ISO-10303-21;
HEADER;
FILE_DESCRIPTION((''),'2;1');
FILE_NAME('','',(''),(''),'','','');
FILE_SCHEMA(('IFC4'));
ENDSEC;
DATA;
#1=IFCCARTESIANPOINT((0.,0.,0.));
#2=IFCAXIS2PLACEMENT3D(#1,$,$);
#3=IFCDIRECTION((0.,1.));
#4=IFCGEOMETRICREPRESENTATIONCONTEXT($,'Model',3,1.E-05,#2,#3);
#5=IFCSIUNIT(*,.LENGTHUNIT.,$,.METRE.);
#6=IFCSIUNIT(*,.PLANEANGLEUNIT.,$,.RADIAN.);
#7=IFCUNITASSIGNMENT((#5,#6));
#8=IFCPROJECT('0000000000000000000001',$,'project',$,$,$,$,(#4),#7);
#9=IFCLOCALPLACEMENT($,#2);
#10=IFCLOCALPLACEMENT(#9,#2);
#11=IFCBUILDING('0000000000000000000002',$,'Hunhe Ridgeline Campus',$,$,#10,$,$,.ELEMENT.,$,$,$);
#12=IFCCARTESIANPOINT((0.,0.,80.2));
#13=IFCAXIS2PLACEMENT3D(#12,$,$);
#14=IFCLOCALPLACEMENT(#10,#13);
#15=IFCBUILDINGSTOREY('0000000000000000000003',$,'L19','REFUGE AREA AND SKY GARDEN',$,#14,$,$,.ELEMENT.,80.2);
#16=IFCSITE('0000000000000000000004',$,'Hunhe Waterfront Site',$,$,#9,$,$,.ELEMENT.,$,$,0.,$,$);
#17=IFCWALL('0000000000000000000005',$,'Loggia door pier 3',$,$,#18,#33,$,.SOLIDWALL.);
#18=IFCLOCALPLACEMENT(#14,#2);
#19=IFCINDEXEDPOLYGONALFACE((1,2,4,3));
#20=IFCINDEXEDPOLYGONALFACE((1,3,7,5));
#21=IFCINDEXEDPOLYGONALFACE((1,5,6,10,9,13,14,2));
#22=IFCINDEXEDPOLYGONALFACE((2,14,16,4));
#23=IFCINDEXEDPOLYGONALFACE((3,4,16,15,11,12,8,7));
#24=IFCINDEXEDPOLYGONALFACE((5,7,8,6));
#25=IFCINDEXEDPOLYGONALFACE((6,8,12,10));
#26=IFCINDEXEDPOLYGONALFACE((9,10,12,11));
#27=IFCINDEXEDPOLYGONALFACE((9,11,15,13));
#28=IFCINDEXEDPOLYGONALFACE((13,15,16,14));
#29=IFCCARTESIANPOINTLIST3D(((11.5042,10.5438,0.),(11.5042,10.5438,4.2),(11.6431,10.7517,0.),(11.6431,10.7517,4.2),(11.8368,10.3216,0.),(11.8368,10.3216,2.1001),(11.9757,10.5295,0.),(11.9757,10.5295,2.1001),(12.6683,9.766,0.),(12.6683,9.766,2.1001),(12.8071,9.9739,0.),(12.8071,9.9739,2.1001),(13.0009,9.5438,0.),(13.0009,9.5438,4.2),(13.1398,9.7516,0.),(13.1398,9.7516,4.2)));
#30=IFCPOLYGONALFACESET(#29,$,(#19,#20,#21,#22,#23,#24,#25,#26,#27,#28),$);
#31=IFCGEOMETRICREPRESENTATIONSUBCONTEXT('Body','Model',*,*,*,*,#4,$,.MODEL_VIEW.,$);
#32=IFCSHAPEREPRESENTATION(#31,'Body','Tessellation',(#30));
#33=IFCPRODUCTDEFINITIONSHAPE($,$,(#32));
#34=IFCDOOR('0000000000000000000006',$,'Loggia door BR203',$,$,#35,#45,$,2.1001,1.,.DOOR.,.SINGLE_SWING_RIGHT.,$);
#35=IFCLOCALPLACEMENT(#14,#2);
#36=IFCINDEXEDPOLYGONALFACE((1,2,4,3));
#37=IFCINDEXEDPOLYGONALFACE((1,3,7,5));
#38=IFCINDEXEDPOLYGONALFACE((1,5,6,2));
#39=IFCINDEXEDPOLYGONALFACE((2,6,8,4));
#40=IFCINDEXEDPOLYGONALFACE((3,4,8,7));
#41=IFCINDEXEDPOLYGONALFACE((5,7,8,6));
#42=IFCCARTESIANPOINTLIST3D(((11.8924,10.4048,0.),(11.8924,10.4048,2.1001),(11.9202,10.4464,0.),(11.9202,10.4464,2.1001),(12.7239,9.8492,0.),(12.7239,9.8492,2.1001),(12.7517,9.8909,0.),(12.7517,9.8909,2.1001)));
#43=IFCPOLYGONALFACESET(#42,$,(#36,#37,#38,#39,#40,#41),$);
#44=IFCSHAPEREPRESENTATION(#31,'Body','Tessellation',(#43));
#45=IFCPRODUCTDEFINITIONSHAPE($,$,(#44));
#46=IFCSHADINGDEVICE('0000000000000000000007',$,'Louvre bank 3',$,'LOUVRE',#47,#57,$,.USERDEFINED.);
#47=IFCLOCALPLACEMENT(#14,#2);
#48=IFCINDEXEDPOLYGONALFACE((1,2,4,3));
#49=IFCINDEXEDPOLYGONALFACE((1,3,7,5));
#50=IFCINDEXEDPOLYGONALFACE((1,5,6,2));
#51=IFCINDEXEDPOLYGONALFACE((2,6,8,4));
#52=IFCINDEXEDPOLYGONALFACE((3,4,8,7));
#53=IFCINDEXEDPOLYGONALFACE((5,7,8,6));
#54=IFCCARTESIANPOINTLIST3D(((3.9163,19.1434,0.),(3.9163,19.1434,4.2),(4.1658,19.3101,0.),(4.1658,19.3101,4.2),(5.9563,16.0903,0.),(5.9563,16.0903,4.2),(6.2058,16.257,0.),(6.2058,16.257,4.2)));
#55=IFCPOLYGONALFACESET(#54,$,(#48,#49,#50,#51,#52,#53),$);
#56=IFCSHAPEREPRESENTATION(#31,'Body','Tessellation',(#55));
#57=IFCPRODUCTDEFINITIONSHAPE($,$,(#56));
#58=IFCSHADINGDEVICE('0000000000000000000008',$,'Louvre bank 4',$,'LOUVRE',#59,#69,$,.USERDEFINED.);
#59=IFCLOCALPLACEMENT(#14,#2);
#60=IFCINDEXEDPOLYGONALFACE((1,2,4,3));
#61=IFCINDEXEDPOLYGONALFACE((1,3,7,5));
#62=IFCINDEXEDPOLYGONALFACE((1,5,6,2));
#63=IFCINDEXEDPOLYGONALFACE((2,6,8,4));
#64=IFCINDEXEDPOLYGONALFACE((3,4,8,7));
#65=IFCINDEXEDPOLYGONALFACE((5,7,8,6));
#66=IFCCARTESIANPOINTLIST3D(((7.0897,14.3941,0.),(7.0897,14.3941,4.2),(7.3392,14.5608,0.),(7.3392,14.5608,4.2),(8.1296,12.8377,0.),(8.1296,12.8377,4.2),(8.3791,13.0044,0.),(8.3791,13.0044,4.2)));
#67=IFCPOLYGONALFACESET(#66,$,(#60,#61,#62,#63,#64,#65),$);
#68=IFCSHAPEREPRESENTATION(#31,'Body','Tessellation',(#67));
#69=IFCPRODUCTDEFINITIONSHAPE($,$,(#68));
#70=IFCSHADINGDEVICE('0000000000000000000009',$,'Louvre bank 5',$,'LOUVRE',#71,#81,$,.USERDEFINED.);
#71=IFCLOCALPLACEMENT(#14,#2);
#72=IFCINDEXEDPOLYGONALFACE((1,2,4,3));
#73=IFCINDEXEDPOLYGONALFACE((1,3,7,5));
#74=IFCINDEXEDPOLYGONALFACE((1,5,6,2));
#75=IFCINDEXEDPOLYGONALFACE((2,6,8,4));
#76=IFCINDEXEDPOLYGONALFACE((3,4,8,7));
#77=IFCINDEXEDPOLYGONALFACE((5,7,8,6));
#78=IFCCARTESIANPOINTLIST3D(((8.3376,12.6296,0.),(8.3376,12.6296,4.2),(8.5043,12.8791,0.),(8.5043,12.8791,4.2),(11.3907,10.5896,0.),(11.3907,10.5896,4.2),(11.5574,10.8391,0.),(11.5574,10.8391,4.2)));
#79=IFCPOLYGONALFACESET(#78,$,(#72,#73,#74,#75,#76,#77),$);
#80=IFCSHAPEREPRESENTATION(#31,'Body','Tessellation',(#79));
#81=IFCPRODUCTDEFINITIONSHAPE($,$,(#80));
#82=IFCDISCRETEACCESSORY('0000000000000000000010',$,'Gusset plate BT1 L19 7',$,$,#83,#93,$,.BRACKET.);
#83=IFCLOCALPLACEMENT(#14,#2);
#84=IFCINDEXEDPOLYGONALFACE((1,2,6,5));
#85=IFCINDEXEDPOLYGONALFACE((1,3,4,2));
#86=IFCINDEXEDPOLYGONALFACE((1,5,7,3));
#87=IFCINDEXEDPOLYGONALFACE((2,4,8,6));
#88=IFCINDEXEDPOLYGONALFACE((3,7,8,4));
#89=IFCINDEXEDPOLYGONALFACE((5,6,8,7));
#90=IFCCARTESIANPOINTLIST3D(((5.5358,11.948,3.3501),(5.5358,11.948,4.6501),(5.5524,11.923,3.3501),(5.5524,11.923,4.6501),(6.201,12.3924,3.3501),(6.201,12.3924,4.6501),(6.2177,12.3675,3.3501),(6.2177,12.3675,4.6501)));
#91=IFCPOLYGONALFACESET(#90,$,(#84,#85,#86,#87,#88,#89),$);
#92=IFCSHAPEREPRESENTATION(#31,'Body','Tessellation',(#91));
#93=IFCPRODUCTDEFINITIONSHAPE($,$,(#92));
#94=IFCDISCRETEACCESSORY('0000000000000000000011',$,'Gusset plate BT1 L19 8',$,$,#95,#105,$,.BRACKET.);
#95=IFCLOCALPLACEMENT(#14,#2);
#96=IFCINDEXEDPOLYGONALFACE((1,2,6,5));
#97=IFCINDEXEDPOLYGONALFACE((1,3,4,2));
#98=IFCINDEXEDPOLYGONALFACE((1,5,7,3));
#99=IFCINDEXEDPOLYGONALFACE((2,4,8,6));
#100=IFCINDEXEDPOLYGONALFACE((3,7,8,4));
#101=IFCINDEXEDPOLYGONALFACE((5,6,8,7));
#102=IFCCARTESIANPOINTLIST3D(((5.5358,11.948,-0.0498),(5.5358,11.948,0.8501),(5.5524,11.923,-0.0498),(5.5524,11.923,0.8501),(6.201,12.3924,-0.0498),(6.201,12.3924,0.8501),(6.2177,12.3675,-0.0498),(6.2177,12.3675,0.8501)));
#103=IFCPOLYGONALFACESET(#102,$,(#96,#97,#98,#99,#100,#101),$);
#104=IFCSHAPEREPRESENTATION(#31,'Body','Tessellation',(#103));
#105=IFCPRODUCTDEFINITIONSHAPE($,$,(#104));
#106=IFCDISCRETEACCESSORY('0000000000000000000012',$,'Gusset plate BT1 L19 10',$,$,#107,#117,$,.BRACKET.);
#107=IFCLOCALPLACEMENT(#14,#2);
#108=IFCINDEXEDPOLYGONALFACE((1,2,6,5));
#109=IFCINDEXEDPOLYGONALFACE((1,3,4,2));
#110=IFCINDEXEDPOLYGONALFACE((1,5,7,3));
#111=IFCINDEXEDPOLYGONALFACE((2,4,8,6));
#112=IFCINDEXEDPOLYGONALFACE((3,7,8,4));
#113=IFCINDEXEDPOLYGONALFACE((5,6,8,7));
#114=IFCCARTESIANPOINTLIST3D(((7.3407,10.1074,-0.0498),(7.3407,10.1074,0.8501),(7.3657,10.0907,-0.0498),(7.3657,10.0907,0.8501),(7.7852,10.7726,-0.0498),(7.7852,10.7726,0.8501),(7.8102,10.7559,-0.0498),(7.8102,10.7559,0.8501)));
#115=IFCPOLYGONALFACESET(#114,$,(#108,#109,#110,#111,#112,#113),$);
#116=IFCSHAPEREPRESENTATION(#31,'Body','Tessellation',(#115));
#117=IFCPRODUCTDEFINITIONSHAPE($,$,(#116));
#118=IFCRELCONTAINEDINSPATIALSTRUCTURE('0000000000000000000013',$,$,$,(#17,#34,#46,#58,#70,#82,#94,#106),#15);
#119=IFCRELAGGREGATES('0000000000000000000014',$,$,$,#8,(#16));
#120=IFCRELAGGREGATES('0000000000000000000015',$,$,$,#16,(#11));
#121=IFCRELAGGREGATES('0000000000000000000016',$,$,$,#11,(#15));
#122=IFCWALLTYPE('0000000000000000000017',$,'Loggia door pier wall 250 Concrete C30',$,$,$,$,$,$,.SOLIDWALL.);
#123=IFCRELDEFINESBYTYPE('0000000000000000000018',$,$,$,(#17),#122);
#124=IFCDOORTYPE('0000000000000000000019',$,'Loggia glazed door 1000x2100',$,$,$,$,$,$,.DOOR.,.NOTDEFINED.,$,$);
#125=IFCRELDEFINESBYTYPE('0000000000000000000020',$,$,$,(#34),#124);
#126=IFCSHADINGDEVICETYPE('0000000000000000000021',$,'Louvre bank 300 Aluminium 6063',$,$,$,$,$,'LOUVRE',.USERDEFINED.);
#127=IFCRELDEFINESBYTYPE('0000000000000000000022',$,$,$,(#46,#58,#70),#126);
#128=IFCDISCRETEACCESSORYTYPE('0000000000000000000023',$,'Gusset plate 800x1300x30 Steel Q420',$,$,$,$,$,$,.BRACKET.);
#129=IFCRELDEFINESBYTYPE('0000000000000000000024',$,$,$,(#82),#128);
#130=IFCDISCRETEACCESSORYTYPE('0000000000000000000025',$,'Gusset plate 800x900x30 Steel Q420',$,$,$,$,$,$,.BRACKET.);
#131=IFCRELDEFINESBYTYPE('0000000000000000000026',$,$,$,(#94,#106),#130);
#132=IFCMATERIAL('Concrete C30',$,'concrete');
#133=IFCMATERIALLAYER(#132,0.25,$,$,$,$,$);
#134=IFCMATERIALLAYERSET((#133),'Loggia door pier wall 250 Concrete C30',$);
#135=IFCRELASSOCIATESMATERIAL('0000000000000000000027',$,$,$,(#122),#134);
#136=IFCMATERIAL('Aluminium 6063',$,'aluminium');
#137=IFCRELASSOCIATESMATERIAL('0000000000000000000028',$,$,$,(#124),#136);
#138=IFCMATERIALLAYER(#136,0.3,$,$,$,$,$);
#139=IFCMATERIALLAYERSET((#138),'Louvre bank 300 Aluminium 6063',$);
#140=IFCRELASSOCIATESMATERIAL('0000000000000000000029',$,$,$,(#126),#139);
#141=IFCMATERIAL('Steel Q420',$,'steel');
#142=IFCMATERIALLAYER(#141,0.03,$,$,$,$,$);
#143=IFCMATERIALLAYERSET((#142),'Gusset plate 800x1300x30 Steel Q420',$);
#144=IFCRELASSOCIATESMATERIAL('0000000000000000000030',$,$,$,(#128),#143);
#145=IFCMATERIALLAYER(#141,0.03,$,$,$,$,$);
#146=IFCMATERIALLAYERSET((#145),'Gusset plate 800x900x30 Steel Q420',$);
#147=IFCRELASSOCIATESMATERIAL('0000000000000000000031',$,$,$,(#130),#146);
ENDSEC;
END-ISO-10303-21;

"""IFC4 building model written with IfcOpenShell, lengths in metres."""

from ifc_helpers import new_model, si_unit, direction, frame, frame_2d, origin, origin_2d, place, context, subcontext, project, spatial, rectangle, extrude, material, layer, layer_set, type_object, element, fill, save


model = new_model("IFC4")

# Units and contexts
model_context = context("Model", 3, precision=1e-05, world=origin(), true_north=direction((0.0, 1.0)))
body_context = subcontext(model_context, "Body", "Model", "MODEL_VIEW")
ifc_project = project(units=[si_unit("LENGTHUNIT", "METRE"), si_unit("PLANEANGLEUNIT", "RADIAN")], contexts=[model_context])

# Site, building, storey
site_placement = place(None, origin())
site = spatial("IfcSite", under=ifc_project, at=site_placement, Name="Hunhe Waterfront Site", CompositionType="ELEMENT", RefElevation=0.0)
building_placement = place(site_placement, origin())
building = spatial("IfcBuilding", under=site, at=building_placement, Name="Hunhe Ridgeline Campus", CompositionType="ELEMENT")
storey_placement = place(building_placement, frame((0.0, 0.0, 80.2)))
storey = spatial("IfcBuildingStorey", under=building, at=storey_placement, Name="L19", Description="REFUGE AREA AND SKY GARDEN", CompositionType="ELEMENT", Elevation=80.2)

# Shared definitions
ifc_material_1 = material(Name="Aluminium 6063", Category="aluminium")

# Wall, opening, door
ifc_material_2 = material(Name="Concrete C30", Category="concrete")
ifc_layer_1 = layer(ifc_material_2, 0.25)
ifc_layer_set_1 = layer_set([ifc_layer_1], Name="Loggia door pier wall 250 Concrete C30")
wall_type_1 = type_object("IfcWallType", Name="Loggia door pier wall 250 Concrete C30", PredefinedType="SOLIDWALL", material=ifc_layer_set_1)
door_type = type_object("IfcDoorType", Name="Loggia glazed door 1000x2100", OperationType="NOTDEFINED", PredefinedType="DOOR", material=ifc_material_1)
wall_1_placement = place(storey_placement, frame((11.5737, 10.6477, 0.0), z_axis=(0.0, 0.0, 1.0), x_axis=(0.831466, -0.555576, 0.0)))
wall_1 = element("IfcWall", 1, at=wall_1_placement, inside=storey, type_object=wall_type_1, Name="Loggia door pier 3", PredefinedType="SOLIDWALL", context=body_context, shape_type="SweptSolid", body=[
    extrude(rectangle(XDim=1.8, YDim=0.25, at=frame_2d((0.8999, 0.0))), origin(), (0.0, 0.0, 1.0), 4.2),
])
opening_1_placement = place(wall_1_placement, frame((0.3999, 0.0, 0.0)))
opening_1 = element("IfcOpeningElement", 2, at=opening_1_placement, cuts=wall_1, PredefinedType="OPENING", context=body_context, shape_type="SweptSolid", body=[
    extrude(rectangle(XDim=1.0, YDim=2.1001, at=frame_2d((0.5, 1.05))), frame((0.0, 0.125, 0.0), z_axis=(0.0, -1.0, 0.0), x_axis=(1.0, 0.0, 0.0)), (0.0, 0.0, 1.0), 0.25),
])
door_1_placement = place(opening_1_placement, frame((1.0, 0.0, 0.0), z_axis=(0.0, 0.0, 1.0), x_axis=(-1.0, 0.0, 0.0)))
door_1 = element("IfcDoor", 3, at=door_1_placement, inside=storey, type_object=door_type, Name="Loggia door BR203", OperationType="SINGLE_SWING_RIGHT", OverallHeight=2.1001, OverallWidth=1.0, PredefinedType="DOOR", context=body_context, shape_type="SweptSolid", body=[
    extrude(rectangle(XDim=1.0, YDim=2.1001, at=frame_2d((0.5, 1.05))), frame((0.0, 0.0249, 0.0), z_axis=(0.0, -1.0, 0.0), x_axis=(1.0, 0.0, 0.0)), (0.0, 0.0, 1.0), 0.05),
])
fill(opening_1, door_1)

# Shading devices
ifc_layer_2 = layer(ifc_material_1, 0.3)
ifc_layer_set_2 = layer_set([ifc_layer_2], Name="Louvre bank 300 Aluminium 6063")
shading_device_type = type_object("IfcShadingDeviceType", Name="Louvre bank 300 Aluminium 6063", ElementType="LOUVRE", PredefinedType="USERDEFINED", material=ifc_layer_set_2)
shading_device_1_placement = place(storey_placement, frame((5.061, 17.7002, 0.0), z_axis=(0.0, 0.0, 1.0), x_axis=(0.55557, -0.83147, 0.0)))
element("IfcShadingDevice", 4, at=shading_device_1_placement, inside=storey, type_object=shading_device_type, Name="Louvre bank 3", ObjectType="LOUVRE", PredefinedType="USERDEFINED", context=body_context, shape_type="SweptSolid", body=[
    extrude(rectangle(XDim=3.6719, YDim=0.3, at=origin_2d()), origin(), (0.0, 0.0, 1.0), 4.2),
])
shading_device_2_placement = place(storey_placement, frame((7.7344, 13.6992, 0.0), z_axis=(0.0, 0.0, 1.0), x_axis=(0.55557, -0.83147, 0.0)))
element("IfcShadingDevice", 5, at=shading_device_2_placement, inside=storey, type_object=shading_device_type, Name="Louvre bank 4", ObjectType="LOUVRE", PredefinedType="USERDEFINED", context=body_context, shape_type="SweptSolid", body=[
    extrude(rectangle(XDim=1.8718, YDim=0.3, at=origin_2d()), origin(), (0.0, 0.0, 1.0), 4.2),
])
shading_device_3_placement = place(storey_placement, frame((9.9475, 11.7344, 0.0), z_axis=(0.0, 0.0, 1.0), x_axis=(0.83147, -0.55557, 0.0)))
element("IfcShadingDevice", 6, at=shading_device_3_placement, inside=storey, type_object=shading_device_type, Name="Louvre bank 5", ObjectType="LOUVRE", PredefinedType="USERDEFINED", context=body_context, shape_type="SweptSolid", body=[
    extrude(rectangle(XDim=3.6719, YDim=0.3, at=origin_2d()), origin(), (0.0, 0.0, 1.0), 4.2),
])

# Discrete accessories
ifc_material_3 = material(Name="Steel Q420", Category="steel")
ifc_layer_3 = layer(ifc_material_3, 0.03)
ifc_layer_set_3 = layer_set([ifc_layer_3], Name="Gusset plate 800x1300x30 Steel Q420")
discrete_accessory_type_1 = type_object("IfcDiscreteAccessoryType", Name="Gusset plate 800x1300x30 Steel Q420", PredefinedType="BRACKET", material=ifc_layer_set_3)
discrete_accessory_placement = place(storey_placement, frame((5.8767, 12.1577, 3.3501), z_axis=(0.0, 0.0, 1.0), x_axis=(0.55557, -0.83147, 0.0)))
element("IfcDiscreteAccessory", 7, at=discrete_accessory_placement, inside=storey, type_object=discrete_accessory_type_1, Name="Gusset plate BT1 L19 7", PredefinedType="BRACKET", context=body_context, shape_type="SweptSolid", body=[
    extrude(rectangle(XDim=0.03, YDim=0.8, at=origin_2d()), origin(), (0.0, 0.0, 1.0), 1.3),
])
ifc_layer_4 = layer(ifc_material_3, 0.03)
ifc_layer_set_4 = layer_set([ifc_layer_4], Name="Gusset plate 800x900x30 Steel Q420")
discrete_accessory_type_2 = type_object("IfcDiscreteAccessoryType", Name="Gusset plate 800x900x30 Steel Q420", PredefinedType="BRACKET", material=ifc_layer_set_4)
for number, where, z_axis, x_axis, name in (
    (8, (5.8767, 12.1577, -0.0498), (0.0, 0.0, 1.0), (0.55557, -0.83147, 0.0), "Gusset plate BT1 L19 8"),
    (9, (7.5754, 10.4316, -0.0498), (0.0, 0.0, 1.0), (-0.83147, 0.55557, 0.0), "Gusset plate BT1 L19 10"),
):
    element("IfcDiscreteAccessory", number, at=place(storey_placement, frame(where, z_axis=z_axis, x_axis=x_axis)), inside=storey, type_object=discrete_accessory_type_2, Name=name, PredefinedType="BRACKET", context=body_context, shape_type="SweptSolid", body=[
        extrude(rectangle(XDim=0.03, YDim=0.8, at=origin_2d()), origin(), (0.0, 0.0, 1.0), 0.8999),
    ])

save(model, "model.ifc")
